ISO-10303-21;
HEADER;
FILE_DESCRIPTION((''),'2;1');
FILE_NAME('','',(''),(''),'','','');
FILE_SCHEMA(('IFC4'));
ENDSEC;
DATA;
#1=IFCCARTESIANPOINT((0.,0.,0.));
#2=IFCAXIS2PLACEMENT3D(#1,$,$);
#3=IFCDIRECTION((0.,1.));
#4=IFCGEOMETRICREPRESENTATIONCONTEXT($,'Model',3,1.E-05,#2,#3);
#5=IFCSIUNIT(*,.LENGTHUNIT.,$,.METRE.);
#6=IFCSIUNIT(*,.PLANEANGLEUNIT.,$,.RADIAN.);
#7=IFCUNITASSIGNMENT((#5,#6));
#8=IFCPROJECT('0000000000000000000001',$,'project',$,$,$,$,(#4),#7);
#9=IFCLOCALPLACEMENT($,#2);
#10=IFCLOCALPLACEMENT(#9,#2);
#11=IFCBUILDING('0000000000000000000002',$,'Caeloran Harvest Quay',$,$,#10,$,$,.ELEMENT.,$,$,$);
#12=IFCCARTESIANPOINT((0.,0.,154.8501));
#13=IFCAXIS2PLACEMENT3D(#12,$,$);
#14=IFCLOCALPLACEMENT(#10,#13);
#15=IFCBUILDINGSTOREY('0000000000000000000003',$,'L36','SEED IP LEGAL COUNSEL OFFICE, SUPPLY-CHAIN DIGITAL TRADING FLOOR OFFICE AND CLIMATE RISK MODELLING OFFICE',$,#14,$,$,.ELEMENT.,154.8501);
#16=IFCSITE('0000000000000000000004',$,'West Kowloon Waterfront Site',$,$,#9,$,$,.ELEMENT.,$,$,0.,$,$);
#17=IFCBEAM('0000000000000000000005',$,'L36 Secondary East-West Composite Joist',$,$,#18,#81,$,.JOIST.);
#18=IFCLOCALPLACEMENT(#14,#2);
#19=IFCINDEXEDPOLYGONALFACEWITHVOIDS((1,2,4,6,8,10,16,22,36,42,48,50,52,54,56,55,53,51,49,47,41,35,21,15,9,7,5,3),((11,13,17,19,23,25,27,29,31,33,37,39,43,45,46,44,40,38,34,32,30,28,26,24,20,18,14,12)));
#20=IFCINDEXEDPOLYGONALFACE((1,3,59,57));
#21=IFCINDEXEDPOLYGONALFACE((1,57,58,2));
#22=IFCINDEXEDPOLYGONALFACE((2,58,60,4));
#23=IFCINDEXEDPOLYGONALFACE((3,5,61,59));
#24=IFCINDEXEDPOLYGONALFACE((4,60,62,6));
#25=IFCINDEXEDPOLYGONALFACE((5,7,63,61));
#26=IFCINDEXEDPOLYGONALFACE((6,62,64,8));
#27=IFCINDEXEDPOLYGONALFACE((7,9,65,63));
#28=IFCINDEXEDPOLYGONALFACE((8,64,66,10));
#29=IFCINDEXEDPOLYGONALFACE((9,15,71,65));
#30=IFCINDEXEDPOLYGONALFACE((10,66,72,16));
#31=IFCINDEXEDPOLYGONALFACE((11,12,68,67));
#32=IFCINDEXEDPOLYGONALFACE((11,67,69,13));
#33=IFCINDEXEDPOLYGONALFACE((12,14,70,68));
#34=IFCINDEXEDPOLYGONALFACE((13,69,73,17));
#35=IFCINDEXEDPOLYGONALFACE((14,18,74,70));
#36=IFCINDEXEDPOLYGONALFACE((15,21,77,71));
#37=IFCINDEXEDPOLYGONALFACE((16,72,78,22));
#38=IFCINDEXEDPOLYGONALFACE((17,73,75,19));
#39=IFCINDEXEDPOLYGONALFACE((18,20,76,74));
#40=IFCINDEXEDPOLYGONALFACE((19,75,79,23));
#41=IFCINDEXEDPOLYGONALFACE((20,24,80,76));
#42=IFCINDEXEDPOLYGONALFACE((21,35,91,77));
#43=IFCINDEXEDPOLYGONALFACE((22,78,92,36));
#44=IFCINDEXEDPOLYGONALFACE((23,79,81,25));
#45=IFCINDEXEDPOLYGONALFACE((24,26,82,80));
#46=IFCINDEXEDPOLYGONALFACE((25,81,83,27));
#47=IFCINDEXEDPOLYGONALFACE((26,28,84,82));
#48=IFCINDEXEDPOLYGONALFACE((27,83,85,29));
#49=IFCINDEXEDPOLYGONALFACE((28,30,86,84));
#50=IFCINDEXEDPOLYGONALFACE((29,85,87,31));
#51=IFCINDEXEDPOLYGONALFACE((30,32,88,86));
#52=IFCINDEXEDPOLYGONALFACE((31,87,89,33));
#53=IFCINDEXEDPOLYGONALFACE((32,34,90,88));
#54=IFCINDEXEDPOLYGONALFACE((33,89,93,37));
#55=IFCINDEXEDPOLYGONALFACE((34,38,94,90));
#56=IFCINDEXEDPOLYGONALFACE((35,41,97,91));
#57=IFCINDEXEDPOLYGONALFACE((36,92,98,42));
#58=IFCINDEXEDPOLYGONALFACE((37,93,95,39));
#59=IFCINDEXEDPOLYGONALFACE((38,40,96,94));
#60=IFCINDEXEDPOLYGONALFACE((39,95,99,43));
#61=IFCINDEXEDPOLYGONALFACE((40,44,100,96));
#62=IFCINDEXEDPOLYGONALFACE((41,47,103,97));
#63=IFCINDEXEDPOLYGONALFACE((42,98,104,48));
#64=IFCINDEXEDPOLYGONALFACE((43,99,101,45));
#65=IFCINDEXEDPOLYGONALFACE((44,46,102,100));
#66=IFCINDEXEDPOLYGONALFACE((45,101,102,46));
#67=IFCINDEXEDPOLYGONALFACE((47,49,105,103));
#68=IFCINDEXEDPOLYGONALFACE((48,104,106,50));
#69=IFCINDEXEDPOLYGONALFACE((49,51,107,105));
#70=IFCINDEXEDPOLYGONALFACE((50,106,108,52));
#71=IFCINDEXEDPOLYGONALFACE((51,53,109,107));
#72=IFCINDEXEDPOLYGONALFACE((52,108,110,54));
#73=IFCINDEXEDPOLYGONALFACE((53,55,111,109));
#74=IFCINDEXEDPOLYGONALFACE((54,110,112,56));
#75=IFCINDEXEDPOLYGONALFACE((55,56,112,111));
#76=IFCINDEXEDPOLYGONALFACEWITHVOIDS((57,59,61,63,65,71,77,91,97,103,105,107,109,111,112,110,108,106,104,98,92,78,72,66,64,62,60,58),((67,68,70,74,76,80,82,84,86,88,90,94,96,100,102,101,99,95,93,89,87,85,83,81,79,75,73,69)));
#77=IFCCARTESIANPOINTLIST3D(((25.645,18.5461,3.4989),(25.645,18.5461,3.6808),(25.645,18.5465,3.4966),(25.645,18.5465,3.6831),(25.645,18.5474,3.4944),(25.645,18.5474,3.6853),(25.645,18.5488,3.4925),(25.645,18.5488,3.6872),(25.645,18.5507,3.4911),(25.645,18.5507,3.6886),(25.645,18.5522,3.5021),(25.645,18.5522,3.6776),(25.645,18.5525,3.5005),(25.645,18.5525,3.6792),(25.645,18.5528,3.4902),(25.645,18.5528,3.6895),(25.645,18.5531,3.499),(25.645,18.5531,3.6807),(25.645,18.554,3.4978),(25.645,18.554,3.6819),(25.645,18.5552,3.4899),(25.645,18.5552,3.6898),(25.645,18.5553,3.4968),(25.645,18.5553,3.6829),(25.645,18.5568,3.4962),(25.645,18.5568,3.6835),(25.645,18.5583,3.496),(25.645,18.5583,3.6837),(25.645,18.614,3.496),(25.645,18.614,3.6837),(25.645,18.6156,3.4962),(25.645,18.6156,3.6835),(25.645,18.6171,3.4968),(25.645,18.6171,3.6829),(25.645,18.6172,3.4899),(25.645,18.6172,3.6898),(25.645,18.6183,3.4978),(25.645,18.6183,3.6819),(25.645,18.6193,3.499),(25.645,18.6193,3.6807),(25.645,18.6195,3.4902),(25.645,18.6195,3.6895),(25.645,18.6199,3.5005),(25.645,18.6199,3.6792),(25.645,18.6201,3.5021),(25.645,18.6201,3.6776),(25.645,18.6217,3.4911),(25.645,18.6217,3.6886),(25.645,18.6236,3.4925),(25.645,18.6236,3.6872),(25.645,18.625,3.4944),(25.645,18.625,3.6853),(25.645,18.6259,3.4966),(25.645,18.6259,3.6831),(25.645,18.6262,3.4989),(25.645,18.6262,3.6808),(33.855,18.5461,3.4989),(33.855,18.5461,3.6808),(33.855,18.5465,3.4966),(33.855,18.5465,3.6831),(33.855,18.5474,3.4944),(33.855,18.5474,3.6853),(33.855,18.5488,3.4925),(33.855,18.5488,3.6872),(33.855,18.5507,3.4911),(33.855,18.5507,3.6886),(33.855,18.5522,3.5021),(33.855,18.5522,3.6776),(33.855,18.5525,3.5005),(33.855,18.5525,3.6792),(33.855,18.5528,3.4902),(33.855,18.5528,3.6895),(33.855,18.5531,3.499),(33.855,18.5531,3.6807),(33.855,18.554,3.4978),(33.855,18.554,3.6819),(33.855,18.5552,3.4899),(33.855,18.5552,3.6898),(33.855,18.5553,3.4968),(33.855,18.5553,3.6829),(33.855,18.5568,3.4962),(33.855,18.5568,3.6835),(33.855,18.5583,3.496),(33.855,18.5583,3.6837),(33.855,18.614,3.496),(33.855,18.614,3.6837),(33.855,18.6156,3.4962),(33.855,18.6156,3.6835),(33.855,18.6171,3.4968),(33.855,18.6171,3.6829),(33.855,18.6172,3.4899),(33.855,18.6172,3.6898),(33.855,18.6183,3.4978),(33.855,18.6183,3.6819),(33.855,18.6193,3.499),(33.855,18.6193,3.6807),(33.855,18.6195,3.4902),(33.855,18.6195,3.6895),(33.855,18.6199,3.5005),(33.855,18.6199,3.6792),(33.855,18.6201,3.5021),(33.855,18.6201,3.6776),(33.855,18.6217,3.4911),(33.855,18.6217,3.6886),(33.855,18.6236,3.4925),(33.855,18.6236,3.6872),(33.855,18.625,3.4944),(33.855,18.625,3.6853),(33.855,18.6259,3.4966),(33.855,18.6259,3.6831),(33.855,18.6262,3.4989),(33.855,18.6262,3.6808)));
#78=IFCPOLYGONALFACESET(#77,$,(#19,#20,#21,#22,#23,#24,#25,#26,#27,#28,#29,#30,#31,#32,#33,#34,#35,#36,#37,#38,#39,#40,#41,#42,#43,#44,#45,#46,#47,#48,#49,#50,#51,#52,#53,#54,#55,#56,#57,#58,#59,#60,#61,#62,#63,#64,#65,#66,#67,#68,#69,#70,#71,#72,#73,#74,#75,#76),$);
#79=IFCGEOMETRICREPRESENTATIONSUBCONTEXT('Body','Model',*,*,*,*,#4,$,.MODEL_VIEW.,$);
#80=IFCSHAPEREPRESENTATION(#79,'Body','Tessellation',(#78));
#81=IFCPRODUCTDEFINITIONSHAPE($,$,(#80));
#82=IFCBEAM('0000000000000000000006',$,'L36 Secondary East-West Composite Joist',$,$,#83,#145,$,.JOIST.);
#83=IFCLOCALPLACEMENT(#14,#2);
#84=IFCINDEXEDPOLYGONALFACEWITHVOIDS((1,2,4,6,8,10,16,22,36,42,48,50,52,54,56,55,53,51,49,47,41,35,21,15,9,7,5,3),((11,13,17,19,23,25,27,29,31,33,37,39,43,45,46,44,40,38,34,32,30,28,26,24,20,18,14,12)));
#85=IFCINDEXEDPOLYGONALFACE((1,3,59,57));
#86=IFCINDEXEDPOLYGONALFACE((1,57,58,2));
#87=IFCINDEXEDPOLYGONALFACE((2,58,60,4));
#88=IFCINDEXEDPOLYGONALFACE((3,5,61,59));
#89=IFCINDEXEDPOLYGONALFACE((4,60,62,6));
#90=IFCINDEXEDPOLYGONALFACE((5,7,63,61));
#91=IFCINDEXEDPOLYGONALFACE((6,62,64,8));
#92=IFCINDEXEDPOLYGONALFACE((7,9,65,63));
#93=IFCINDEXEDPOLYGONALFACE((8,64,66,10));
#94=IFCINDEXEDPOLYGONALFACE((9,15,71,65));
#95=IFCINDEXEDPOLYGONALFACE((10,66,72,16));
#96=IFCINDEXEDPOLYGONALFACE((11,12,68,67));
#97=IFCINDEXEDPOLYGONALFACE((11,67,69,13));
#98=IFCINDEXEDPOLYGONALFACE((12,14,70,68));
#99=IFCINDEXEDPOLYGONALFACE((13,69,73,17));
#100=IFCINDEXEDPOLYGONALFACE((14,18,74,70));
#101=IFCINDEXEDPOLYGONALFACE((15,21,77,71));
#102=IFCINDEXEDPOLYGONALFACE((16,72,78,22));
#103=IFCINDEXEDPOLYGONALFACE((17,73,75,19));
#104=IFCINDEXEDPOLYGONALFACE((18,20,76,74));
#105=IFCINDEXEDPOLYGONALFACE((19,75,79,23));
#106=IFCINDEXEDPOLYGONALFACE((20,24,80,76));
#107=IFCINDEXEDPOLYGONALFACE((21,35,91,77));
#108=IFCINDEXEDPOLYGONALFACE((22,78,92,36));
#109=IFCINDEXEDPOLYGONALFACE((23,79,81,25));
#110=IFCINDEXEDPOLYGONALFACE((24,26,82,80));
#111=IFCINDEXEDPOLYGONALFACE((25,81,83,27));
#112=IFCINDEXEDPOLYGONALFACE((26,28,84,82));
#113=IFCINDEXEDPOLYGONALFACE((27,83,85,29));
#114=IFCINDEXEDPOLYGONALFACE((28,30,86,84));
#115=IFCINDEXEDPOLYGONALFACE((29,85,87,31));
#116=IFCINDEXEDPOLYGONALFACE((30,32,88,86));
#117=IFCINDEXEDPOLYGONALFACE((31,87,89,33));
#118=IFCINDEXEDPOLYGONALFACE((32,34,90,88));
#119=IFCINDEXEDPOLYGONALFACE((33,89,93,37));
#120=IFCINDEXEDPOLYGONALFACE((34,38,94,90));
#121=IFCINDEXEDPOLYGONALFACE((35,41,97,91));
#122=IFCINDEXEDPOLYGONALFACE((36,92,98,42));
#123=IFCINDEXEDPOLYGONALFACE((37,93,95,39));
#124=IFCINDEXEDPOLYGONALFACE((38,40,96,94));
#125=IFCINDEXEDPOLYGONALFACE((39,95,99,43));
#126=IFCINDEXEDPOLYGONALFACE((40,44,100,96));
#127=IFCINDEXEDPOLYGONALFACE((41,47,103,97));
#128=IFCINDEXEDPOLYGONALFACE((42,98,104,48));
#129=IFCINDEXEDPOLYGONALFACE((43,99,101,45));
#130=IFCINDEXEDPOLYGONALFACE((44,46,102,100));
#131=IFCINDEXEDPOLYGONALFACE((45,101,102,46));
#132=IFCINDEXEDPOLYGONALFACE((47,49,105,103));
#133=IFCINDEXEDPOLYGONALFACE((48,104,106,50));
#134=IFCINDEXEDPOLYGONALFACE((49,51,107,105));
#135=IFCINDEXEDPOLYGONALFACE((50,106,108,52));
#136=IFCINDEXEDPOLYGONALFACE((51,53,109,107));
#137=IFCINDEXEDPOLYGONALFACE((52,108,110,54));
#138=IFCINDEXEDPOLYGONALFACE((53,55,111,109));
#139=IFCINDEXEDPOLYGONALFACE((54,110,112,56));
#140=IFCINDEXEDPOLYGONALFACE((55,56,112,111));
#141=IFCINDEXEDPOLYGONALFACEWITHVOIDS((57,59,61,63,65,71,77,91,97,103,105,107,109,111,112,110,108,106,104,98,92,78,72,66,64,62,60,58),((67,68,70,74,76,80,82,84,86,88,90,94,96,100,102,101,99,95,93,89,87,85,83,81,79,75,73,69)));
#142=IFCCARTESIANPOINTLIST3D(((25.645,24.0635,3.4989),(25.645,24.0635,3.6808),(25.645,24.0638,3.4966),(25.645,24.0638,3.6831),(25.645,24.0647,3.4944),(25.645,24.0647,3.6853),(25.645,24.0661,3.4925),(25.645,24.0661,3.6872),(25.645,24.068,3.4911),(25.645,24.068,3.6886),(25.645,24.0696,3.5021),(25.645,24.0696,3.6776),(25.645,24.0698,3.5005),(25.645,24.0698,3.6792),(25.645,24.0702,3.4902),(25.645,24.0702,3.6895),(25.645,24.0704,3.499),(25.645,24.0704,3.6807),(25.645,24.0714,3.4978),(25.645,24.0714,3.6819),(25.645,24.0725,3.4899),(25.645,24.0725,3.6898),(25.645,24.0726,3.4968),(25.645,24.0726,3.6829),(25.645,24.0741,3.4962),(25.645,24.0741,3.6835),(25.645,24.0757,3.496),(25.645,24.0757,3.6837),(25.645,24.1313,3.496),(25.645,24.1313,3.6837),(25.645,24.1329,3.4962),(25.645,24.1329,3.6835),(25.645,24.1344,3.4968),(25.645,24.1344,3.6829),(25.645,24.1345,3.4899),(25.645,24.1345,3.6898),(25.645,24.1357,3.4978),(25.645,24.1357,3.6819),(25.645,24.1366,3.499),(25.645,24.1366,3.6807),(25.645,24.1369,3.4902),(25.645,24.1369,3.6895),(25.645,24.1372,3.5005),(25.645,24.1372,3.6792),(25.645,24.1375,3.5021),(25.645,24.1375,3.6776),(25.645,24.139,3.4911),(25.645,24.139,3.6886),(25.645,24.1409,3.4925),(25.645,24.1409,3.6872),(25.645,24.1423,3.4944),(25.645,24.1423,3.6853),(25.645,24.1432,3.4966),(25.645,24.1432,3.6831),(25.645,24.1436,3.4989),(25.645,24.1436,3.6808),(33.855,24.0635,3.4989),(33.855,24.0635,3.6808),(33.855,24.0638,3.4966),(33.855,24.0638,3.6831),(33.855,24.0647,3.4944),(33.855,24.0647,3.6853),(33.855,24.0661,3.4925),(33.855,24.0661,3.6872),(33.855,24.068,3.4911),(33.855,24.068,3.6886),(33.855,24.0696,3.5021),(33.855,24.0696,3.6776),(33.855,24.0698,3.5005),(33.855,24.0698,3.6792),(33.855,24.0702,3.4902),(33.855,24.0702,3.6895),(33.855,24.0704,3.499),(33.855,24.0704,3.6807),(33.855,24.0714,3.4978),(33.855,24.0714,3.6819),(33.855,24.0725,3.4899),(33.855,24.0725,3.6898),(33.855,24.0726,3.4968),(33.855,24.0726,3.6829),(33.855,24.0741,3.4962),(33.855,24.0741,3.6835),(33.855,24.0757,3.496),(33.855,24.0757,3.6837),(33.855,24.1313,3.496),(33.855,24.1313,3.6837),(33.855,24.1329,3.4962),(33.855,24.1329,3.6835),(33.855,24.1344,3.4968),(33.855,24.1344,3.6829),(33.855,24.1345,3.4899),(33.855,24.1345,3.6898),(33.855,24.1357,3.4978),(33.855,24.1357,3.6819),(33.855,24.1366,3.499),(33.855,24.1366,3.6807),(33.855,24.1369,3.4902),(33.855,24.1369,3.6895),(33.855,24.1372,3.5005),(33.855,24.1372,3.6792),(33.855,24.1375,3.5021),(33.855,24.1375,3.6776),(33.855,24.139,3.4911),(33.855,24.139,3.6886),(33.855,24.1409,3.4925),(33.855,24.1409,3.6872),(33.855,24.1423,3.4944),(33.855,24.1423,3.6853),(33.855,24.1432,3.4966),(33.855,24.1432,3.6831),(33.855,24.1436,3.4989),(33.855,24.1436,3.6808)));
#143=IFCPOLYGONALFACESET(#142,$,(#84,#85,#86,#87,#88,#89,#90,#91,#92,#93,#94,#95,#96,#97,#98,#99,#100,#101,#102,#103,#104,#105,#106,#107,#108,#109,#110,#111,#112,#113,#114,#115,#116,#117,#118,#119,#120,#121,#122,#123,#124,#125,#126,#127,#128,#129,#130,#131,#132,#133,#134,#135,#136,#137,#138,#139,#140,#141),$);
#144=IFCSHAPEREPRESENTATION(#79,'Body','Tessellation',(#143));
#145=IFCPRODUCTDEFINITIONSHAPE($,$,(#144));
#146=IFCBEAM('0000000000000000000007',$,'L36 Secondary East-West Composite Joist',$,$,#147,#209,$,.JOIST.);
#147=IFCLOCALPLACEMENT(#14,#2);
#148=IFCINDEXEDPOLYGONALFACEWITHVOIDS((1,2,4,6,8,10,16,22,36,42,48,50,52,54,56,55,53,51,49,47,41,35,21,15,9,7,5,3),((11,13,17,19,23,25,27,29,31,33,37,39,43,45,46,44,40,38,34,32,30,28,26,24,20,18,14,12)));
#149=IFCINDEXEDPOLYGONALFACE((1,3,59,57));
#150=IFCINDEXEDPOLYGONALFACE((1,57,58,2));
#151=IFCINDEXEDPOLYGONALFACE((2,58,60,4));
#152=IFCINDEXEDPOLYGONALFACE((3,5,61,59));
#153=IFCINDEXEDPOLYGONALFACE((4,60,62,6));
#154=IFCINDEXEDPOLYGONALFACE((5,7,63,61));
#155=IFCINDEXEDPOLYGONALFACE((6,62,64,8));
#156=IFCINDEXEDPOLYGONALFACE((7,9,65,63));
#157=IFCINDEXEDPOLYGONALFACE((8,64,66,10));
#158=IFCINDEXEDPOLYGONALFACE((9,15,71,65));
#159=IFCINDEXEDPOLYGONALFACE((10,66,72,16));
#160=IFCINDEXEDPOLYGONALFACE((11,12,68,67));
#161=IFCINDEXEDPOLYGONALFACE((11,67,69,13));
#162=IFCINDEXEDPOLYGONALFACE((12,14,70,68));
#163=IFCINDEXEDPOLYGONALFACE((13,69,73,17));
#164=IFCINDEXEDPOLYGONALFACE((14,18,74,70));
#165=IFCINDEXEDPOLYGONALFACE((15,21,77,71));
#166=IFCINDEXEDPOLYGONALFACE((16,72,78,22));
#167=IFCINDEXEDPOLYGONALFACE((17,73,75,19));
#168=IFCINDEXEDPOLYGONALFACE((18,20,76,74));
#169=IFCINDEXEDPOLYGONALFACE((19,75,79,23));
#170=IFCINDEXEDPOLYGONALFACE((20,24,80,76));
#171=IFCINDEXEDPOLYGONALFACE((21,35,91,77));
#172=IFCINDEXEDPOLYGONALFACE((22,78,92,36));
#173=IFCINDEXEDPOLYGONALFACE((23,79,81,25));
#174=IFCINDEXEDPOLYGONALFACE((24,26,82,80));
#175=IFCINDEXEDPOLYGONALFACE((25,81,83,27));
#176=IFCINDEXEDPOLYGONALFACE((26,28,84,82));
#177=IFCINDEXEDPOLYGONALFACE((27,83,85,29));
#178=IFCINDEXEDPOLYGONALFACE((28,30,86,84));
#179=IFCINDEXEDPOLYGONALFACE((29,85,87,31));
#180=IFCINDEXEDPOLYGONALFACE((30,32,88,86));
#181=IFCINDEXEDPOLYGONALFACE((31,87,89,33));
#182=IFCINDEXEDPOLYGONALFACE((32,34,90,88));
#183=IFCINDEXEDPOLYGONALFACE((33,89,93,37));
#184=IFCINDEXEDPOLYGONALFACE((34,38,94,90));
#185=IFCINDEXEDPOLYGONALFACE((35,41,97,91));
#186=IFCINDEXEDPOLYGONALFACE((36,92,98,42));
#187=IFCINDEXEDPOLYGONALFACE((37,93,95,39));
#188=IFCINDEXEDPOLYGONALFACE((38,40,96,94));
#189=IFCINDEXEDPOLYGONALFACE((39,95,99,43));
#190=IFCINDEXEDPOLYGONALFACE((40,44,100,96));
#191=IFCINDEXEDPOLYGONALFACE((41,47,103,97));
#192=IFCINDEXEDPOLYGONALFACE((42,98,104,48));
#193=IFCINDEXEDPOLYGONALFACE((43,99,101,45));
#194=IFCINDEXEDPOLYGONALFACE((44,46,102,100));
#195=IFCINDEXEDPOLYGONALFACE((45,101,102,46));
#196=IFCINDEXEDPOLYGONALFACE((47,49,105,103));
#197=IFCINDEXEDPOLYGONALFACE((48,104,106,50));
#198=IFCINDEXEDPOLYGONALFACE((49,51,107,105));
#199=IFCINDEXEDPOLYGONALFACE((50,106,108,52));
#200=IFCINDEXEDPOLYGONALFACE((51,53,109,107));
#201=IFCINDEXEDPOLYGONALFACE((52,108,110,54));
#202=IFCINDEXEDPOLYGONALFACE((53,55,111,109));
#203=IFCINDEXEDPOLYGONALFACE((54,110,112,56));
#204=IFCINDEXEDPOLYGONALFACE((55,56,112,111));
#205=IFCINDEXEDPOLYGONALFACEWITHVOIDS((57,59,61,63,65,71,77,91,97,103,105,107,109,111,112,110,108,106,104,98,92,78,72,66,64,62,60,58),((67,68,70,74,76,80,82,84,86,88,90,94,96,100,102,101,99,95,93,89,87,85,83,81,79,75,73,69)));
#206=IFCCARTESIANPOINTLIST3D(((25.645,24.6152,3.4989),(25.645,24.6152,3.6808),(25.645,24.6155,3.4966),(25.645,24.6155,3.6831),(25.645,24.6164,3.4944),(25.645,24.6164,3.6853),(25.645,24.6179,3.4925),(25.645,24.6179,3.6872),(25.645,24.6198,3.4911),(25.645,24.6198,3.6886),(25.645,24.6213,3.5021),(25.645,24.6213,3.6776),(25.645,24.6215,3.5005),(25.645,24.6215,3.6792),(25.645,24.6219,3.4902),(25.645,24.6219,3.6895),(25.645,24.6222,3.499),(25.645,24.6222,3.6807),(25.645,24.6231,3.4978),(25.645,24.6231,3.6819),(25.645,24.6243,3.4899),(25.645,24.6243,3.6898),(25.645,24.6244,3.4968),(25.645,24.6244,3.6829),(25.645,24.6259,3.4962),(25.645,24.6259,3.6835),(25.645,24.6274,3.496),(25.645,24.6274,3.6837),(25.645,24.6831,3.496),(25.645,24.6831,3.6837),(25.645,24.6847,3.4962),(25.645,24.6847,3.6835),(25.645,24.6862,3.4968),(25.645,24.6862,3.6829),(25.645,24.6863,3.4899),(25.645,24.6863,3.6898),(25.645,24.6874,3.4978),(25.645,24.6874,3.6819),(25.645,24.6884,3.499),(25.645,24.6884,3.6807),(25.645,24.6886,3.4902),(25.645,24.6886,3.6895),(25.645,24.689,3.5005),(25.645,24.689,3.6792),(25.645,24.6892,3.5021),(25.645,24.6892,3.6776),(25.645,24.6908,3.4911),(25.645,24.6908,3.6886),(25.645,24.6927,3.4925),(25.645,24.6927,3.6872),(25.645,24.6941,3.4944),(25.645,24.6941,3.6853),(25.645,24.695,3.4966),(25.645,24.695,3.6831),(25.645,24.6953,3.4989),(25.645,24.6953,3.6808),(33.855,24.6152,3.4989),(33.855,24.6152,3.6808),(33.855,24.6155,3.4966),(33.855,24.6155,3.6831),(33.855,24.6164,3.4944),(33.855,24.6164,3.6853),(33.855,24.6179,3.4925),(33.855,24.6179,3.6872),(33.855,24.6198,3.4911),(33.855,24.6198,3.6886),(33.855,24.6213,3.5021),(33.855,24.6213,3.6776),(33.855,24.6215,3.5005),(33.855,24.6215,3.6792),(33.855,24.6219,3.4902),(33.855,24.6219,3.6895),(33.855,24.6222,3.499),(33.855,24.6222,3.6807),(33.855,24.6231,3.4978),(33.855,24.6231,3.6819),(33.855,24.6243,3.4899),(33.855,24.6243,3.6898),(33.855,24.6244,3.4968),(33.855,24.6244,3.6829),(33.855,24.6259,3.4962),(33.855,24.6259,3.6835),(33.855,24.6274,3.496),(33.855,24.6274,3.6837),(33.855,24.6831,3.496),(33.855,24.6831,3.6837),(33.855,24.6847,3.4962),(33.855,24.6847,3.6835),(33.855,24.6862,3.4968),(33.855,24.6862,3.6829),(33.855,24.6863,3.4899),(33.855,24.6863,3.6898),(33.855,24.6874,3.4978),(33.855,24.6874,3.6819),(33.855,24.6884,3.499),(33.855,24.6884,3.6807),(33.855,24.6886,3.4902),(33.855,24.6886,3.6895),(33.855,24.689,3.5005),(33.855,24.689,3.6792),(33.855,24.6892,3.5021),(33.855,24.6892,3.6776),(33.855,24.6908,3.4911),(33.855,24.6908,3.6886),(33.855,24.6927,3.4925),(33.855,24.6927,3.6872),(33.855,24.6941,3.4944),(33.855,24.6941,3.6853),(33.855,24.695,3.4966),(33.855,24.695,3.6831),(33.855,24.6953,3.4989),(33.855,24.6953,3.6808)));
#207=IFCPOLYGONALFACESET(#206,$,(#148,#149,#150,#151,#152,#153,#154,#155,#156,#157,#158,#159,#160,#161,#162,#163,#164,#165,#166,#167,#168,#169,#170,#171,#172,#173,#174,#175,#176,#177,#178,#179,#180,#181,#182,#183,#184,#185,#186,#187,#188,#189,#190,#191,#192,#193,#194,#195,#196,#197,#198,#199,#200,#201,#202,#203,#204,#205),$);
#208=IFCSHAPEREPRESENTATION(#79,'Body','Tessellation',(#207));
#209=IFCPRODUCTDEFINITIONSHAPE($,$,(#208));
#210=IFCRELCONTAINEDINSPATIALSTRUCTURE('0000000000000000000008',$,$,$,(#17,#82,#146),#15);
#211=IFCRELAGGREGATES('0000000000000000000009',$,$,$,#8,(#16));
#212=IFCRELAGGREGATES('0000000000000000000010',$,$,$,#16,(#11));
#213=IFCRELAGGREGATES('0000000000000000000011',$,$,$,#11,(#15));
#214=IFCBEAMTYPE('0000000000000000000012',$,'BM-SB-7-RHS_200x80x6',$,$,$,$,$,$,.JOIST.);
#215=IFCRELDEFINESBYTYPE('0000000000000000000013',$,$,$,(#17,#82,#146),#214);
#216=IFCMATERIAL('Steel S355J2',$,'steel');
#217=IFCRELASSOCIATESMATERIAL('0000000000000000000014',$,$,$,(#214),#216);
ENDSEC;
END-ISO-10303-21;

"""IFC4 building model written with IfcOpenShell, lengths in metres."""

from ifc_helpers import new_model, si_unit, direction, frame, origin, origin_2d, place, context, subcontext, project, spatial, hollow_rectangle, extrude, material, material_profile, profile_set, type_object, element, save


model = new_model("IFC4")

# Units and contexts
model_context = context("Model", 3, precision=1e-05, world=origin(), true_north=direction((0.0, 1.0)))
body_context = subcontext(model_context, "Body", "Model", "MODEL_VIEW")
ifc_project = project(units=[si_unit("LENGTHUNIT", "METRE"), si_unit("PLANEANGLEUNIT", "RADIAN")], contexts=[model_context])

# Site, building, storey
site_placement = place(None, origin())
site = spatial("IfcSite", under=ifc_project, at=site_placement, Name="West Kowloon Waterfront Site", CompositionType="ELEMENT", RefElevation=0.0)
building_placement = place(site_placement, origin())
building = spatial("IfcBuilding", under=site, at=building_placement, Name="Caeloran Harvest Quay", CompositionType="ELEMENT")
storey_placement = place(building_placement, frame((0.0, 0.0, 154.8501)))
storey = spatial("IfcBuildingStorey", under=building, at=storey_placement, Name="L36", Description="SEED IP LEGAL COUNSEL OFFICE, SUPPLY-CHAIN DIGITAL TRADING FLOOR OFFICE AND CLIMATE RISK MODELLING OFFICE", CompositionType="ELEMENT", Elevation=154.8501)

# Beams
ifc_material_1 = material(Name="Steel S355J2", Category="steel")
ifc_material_profile_1 = material_profile(ifc_material_1, hollow_rectangle(XDim=0.0801, YDim=0.2, WallThickness=0.0061, InnerFilletRadius=0.0061, OuterFilletRadius=0.009, at=origin_2d()), Name="RHS 200x80x6")
ifc_profile_set_1 = profile_set([ifc_material_profile_1], Name="Steel S355J2")
beam_type_1 = type_object("IfcBeamType", Name="BM-SB-7-RHS_200x80x6", PredefinedType="JOIST", material=ifc_profile_set_1)
for number, where, z_axis, x_axis, name in (
    (1, (25.645, 18.5862, 3.5898), (1.0, 0.0, 0.0), (0.0, 1.0, 0.0), "L36 Secondary East-West Composite Joist"),
    (2, (25.645, 24.1035, 3.5898), (1.0, 0.0, 0.0), (0.0, 1.0, 0.0), "L36 Secondary East-West Composite Joist"),
    (3, (25.645, 24.6553, 3.5898), (1.0, 0.0, 0.0), (0.0, 1.0, 0.0), "L36 Secondary East-West Composite Joist"),
):
    element("IfcBeam", number, at=place(storey_placement, frame(where, z_axis=z_axis, x_axis=x_axis)), inside=storey, type_object=beam_type_1, Name=name, PredefinedType="JOIST", context=body_context, shape_type="SweptSolid", body=[
        extrude(hollow_rectangle(XDim=0.0801, YDim=0.2, WallThickness=0.0061, InnerFilletRadius=0.0061, OuterFilletRadius=0.009, at=origin_2d()), origin(), (0.0, 0.0, 1.0), 8.21),
    ])

save(model, "model.ifc")
